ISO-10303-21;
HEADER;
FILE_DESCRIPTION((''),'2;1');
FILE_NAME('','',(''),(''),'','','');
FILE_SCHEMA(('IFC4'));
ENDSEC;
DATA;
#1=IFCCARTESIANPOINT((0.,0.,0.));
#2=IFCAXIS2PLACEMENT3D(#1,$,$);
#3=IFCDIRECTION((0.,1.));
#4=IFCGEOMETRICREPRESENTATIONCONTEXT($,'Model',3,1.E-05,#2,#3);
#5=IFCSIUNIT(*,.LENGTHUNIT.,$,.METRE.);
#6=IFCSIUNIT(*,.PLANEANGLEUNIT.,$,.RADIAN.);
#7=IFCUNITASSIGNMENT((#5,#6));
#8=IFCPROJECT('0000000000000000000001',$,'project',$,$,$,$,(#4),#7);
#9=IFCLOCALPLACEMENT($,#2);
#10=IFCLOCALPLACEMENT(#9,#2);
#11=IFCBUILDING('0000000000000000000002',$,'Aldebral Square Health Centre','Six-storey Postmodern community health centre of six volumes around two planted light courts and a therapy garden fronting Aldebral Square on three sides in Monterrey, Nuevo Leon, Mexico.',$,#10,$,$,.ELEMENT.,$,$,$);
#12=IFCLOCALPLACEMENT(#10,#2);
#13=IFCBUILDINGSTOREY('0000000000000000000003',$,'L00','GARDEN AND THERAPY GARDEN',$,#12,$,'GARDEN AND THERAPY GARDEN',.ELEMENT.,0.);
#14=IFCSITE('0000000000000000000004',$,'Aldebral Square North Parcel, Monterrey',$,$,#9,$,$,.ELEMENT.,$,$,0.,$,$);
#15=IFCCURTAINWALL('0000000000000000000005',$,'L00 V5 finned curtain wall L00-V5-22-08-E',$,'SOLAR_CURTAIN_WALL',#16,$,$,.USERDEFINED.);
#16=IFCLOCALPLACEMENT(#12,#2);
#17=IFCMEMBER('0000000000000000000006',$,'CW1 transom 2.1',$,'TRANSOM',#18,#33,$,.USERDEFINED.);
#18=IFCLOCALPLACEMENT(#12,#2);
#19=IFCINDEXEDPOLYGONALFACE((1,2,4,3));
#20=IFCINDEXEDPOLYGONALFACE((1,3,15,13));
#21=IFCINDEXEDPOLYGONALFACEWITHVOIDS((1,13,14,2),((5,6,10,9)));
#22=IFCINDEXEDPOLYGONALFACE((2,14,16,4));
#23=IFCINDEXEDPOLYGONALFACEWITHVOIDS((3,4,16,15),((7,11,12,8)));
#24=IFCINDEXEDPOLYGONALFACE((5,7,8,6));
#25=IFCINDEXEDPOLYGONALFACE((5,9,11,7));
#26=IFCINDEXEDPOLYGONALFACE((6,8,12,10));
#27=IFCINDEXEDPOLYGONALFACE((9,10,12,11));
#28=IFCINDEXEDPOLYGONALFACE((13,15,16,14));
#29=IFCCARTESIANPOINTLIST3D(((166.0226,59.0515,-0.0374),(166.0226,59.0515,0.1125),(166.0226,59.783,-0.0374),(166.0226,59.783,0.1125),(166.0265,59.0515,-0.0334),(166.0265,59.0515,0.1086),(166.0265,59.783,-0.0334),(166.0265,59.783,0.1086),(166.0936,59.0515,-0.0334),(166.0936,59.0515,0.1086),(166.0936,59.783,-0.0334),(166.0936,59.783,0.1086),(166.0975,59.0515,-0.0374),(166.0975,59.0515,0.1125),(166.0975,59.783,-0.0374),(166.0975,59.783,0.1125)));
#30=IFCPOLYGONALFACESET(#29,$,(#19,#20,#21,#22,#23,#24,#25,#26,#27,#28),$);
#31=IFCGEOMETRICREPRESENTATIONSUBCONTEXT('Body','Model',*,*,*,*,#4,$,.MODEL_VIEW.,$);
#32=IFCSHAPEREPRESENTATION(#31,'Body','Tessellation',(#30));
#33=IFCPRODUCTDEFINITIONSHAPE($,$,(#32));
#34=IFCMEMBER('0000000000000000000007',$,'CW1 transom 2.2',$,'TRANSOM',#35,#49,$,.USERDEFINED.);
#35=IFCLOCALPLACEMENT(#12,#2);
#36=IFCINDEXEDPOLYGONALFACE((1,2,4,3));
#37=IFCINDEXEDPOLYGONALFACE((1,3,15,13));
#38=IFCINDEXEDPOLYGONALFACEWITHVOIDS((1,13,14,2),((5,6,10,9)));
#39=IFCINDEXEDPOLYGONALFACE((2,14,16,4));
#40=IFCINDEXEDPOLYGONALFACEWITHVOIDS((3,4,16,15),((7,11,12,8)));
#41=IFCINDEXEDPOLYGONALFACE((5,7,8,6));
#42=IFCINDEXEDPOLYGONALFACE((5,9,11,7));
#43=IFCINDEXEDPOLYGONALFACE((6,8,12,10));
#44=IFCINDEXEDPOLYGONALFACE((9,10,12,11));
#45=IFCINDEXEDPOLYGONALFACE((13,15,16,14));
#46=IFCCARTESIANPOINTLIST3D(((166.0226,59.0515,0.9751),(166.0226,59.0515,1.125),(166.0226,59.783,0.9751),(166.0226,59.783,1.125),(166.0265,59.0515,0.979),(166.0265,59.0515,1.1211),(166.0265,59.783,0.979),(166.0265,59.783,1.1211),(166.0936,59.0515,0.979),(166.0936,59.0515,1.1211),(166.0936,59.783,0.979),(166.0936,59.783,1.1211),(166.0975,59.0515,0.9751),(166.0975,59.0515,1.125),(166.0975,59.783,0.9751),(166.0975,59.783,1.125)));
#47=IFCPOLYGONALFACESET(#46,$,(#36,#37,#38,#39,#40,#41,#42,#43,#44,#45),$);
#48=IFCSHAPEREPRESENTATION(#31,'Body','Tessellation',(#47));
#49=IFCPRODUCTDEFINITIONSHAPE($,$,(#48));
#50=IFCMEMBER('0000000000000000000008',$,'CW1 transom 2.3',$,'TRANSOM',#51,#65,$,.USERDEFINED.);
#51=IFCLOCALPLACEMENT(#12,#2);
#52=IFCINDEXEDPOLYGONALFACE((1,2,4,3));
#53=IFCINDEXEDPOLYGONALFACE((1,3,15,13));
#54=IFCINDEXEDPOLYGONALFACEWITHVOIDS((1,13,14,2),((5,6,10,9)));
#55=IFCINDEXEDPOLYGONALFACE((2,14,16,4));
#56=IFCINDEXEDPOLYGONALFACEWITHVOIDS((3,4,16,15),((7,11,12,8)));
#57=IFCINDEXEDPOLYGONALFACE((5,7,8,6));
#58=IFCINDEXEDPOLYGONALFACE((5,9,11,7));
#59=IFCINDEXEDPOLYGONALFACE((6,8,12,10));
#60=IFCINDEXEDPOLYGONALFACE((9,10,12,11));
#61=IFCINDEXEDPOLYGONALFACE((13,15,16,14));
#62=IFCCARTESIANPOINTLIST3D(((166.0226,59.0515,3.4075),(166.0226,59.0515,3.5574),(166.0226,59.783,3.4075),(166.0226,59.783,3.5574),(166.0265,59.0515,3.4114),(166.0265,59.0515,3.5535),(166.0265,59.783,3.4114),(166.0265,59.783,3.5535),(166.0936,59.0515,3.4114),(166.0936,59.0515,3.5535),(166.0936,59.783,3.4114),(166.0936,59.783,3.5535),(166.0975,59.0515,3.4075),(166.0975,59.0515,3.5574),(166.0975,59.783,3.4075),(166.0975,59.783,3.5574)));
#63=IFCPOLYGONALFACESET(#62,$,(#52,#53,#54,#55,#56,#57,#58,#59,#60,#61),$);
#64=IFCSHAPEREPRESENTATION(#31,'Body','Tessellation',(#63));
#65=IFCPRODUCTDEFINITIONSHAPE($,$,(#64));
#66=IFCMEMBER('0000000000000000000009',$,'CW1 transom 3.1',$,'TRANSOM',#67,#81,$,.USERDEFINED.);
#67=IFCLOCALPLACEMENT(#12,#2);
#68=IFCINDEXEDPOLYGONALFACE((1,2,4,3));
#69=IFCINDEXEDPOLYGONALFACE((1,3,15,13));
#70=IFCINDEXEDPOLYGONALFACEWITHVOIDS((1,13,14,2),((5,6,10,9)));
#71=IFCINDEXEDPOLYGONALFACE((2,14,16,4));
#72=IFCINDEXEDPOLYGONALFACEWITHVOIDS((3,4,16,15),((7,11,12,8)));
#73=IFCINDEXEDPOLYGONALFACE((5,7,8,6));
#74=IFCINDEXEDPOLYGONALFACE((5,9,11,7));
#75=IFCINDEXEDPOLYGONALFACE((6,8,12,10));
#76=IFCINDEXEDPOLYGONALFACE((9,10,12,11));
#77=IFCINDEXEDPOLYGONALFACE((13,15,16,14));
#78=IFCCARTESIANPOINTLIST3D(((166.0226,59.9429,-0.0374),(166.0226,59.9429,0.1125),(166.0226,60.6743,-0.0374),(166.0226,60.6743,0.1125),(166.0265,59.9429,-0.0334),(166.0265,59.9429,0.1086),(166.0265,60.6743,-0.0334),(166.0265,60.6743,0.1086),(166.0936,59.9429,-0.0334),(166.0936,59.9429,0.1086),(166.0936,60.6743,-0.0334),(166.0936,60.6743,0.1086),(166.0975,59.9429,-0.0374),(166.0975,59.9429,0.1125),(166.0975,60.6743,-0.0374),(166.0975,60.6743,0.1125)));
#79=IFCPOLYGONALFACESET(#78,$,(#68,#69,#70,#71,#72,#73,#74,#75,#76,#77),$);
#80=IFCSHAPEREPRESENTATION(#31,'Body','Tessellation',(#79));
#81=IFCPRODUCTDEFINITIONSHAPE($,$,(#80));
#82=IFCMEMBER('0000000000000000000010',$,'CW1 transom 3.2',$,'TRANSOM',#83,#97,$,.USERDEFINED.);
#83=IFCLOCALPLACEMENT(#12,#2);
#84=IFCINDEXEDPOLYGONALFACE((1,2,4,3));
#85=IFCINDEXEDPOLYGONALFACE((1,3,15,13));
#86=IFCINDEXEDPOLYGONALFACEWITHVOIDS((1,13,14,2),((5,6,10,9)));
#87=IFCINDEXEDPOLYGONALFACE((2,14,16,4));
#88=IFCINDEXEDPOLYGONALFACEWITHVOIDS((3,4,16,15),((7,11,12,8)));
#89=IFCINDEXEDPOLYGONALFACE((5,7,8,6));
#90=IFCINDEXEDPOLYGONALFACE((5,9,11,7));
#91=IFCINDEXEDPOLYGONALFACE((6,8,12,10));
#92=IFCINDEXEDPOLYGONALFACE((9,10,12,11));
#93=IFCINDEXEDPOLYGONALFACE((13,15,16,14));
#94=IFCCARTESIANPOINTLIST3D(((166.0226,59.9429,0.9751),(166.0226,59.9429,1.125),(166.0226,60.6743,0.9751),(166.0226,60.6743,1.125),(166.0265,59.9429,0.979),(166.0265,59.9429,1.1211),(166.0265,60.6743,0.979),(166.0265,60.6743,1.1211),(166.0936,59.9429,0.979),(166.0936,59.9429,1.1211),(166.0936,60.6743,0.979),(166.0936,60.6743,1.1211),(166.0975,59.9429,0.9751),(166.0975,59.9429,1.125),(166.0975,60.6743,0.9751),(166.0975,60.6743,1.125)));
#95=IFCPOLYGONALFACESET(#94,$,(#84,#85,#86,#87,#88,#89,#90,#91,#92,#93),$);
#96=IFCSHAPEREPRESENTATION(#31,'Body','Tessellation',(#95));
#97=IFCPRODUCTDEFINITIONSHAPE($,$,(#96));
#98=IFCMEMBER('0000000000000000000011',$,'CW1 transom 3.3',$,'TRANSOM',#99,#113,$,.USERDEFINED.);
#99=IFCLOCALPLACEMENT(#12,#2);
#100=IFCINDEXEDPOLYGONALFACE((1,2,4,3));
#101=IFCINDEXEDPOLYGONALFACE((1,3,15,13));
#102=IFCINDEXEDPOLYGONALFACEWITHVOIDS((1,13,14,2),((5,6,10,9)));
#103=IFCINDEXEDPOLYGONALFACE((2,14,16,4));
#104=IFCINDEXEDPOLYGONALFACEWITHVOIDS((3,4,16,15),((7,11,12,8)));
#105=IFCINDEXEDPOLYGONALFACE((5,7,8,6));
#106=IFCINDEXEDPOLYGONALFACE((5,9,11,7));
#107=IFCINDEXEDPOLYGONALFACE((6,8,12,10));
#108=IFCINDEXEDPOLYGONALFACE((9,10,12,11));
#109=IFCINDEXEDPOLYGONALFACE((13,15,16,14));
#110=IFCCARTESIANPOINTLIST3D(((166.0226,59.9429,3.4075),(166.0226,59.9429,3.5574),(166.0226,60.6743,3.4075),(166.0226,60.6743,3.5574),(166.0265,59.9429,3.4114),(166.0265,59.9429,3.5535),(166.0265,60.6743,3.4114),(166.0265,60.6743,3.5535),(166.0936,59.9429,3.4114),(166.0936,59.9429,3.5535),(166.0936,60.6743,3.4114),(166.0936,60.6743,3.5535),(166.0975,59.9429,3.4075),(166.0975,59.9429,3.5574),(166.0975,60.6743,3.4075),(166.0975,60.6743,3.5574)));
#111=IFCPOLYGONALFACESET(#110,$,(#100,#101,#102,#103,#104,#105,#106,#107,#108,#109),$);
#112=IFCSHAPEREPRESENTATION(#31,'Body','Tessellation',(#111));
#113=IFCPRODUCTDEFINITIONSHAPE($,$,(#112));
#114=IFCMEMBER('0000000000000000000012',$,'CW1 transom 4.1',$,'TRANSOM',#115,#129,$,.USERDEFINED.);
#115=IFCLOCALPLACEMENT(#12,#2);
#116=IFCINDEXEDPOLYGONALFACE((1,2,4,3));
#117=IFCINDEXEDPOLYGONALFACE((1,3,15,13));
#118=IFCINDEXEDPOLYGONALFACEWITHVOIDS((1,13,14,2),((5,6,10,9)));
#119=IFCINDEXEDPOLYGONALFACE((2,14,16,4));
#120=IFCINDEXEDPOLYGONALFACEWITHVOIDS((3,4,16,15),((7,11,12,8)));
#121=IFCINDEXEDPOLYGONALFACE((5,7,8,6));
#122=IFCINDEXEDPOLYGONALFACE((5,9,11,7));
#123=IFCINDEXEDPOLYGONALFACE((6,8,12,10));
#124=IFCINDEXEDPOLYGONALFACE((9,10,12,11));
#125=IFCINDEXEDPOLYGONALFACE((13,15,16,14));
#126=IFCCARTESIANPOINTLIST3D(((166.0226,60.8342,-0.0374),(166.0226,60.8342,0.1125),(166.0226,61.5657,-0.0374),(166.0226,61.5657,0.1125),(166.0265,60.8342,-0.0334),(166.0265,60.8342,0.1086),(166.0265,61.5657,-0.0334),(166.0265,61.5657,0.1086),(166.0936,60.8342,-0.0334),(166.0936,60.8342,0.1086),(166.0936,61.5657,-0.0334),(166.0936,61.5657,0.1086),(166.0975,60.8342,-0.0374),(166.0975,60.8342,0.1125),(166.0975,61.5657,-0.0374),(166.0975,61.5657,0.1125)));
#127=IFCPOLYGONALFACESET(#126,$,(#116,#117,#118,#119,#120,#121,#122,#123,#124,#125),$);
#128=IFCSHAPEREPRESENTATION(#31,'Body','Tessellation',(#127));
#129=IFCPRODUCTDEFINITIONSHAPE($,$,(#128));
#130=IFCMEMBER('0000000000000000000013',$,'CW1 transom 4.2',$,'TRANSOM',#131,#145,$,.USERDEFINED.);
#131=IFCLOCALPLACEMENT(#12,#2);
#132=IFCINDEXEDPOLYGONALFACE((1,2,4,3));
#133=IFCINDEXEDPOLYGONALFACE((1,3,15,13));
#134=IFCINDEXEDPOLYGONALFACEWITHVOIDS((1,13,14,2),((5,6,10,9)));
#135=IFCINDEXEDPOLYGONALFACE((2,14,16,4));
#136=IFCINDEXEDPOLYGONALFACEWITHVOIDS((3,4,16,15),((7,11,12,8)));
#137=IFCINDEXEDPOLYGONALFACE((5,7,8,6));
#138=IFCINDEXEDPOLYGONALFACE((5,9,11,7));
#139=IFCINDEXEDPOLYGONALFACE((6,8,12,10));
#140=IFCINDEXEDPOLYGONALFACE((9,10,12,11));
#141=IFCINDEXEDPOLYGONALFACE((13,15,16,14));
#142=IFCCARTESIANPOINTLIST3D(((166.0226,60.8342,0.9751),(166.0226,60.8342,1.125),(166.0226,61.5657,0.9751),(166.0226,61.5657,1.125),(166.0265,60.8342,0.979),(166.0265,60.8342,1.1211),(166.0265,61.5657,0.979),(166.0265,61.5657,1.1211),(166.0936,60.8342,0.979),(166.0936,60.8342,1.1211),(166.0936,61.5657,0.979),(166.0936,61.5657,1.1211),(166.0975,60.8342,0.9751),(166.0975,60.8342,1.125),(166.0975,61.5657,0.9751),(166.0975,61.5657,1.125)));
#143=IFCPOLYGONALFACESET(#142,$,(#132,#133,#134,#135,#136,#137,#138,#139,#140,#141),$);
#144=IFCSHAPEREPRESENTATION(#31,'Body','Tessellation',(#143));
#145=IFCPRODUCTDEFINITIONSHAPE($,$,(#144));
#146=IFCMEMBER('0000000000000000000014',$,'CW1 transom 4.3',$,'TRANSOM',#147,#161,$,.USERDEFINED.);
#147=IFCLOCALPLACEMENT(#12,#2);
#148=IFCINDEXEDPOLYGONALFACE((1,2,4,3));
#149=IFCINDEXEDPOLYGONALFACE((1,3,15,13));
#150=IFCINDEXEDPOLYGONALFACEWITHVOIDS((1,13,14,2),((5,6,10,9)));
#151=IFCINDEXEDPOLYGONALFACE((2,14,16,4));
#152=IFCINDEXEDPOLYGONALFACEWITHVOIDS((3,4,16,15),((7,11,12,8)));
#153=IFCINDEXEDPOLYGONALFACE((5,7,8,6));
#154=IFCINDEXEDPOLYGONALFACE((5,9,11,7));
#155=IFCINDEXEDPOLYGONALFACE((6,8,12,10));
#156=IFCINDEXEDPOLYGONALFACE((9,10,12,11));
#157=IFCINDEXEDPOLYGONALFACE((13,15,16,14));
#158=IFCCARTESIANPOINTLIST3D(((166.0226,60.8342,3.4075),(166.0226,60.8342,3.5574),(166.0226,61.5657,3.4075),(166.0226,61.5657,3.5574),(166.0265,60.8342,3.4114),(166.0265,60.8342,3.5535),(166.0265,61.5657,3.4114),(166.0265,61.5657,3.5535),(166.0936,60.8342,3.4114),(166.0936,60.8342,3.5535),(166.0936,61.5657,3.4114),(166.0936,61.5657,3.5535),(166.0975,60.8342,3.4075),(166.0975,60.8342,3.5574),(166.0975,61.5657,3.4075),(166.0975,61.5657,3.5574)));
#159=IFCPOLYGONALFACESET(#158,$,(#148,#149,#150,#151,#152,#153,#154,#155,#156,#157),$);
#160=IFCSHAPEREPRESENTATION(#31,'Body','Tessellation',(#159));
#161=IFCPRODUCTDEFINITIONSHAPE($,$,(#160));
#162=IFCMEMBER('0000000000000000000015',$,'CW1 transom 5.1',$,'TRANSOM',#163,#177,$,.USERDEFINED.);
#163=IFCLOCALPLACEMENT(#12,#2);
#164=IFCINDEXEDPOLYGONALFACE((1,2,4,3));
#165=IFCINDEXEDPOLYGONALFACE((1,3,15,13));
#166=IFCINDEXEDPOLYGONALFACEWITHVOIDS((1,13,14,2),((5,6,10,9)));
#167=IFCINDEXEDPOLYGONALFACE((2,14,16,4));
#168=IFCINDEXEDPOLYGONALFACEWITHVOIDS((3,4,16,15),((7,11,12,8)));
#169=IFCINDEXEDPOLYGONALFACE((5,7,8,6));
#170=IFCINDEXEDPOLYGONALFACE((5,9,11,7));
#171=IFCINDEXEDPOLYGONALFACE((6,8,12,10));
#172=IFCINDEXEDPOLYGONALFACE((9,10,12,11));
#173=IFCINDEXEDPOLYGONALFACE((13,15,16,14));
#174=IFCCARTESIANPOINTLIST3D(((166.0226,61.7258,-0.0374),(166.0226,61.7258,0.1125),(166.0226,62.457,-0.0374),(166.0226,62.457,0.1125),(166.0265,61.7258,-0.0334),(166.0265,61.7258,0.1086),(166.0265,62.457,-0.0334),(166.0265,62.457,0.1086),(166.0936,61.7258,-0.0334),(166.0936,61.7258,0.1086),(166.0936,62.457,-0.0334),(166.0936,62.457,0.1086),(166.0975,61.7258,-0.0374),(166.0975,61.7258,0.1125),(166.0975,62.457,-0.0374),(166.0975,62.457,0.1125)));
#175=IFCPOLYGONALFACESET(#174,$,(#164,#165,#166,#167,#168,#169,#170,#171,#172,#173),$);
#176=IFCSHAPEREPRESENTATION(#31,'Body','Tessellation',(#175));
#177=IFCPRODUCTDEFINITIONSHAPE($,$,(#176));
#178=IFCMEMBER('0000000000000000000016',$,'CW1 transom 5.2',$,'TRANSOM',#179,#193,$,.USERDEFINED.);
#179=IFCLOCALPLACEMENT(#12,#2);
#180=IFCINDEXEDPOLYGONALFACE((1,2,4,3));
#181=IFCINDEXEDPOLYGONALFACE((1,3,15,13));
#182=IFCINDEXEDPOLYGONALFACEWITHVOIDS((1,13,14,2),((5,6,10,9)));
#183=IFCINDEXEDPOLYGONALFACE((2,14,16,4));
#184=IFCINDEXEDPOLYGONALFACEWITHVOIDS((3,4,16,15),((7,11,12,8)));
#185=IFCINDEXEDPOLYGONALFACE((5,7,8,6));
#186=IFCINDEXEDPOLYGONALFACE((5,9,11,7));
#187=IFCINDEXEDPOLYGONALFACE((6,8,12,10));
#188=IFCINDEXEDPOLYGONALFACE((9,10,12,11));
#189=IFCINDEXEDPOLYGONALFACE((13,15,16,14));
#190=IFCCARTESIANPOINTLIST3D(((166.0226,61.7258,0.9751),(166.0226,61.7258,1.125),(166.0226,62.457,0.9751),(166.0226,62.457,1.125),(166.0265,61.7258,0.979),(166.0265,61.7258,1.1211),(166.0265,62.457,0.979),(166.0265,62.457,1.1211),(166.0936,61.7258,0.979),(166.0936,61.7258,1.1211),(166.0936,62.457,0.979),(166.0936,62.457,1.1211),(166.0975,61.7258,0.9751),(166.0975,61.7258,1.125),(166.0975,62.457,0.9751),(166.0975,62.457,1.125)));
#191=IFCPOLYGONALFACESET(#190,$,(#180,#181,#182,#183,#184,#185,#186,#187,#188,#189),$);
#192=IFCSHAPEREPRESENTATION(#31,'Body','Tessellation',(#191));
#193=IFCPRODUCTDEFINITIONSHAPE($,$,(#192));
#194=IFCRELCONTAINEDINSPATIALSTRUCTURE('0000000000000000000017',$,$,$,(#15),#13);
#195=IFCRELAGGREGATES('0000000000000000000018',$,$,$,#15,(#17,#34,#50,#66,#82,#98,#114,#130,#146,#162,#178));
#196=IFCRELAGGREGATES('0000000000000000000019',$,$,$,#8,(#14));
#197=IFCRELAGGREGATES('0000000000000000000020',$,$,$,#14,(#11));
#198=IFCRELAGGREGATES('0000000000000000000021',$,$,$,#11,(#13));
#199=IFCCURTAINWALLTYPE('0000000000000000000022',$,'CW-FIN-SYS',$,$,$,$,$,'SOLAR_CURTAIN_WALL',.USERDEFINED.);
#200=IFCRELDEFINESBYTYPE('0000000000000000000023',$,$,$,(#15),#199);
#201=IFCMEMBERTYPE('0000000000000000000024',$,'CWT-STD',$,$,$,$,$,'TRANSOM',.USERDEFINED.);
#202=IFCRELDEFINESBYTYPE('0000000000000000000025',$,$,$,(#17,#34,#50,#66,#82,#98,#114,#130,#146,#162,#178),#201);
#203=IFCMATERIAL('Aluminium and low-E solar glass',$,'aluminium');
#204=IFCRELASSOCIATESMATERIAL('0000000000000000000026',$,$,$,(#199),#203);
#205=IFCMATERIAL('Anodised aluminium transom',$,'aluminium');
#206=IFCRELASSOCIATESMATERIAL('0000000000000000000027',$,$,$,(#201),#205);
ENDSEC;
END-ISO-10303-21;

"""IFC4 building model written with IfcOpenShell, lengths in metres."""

from ifc_helpers import new_model, si_unit, direction, frame, origin, origin_2d, place, context, subcontext, project, spatial, hollow_rectangle, extrude, material, material_profile, profile_set, type_object, element, aggregate, save


model = new_model("IFC4")

# Units and contexts
model_context = context("Model", 3, precision=1e-05, world=origin(), true_north=direction((0.0, 1.0)))
body_context = subcontext(model_context, "Body", "Model", "MODEL_VIEW")
ifc_project = project(units=[si_unit("LENGTHUNIT", "METRE"), si_unit("PLANEANGLEUNIT", "RADIAN")], contexts=[model_context])

# Site, building, storey
site_placement = place(None, origin())
site = spatial("IfcSite", under=ifc_project, at=site_placement, Name="Aldebral Square North Parcel, Monterrey", CompositionType="ELEMENT", RefElevation=0.0)
building_placement = place(site_placement, origin())
building = spatial("IfcBuilding", under=site, at=building_placement, Name="Aldebral Square Health Centre", Description="Six-storey Postmodern community health centre of six volumes around two planted light courts and a therapy garden fronting Aldebral Square on three sides in Monterrey, Nuevo Leon, Mexico.", CompositionType="ELEMENT")
storey_placement = place(building_placement, origin())
storey = spatial("IfcBuildingStorey", under=building, at=storey_placement, Name="L00", Description="GARDEN AND THERAPY GARDEN", LongName="GARDEN AND THERAPY GARDEN", CompositionType="ELEMENT", Elevation=0.0)

# Curtain wall, members
ifc_material_1 = material(Name="Aluminium and low-E solar glass", Category="aluminium")
curtain_wall_type = type_object("IfcCurtainWallType", Name="CW-FIN-SYS", ElementType="SOLAR_CURTAIN_WALL", PredefinedType="USERDEFINED", material=ifc_material_1)
curtain_wall_placement = place(storey_placement, origin())
curtain_wall = element("IfcCurtainWall", 1, at=curtain_wall_placement, inside=storey, type_object=curtain_wall_type, Name="L00 V5 finned curtain wall L00-V5-22-08-E", ObjectType="SOLAR_CURTAIN_WALL", PredefinedType="USERDEFINED")
ifc_material_2 = material(Name="Anodised aluminium transom", Category="aluminium")
ifc_material_profile_1 = material_profile(ifc_material_2, hollow_rectangle(XDim=0.075, YDim=0.1499, WallThickness=0.0039, at=origin_2d()), Name="CWT 75x150x4")
ifc_profile_set_1 = profile_set([ifc_material_profile_1], Name="Anodised aluminium transom")
member_type_1 = type_object("IfcMemberType", Name="CWT-STD", ElementType="TRANSOM", PredefinedType="USERDEFINED", material=ifc_profile_set_1)
member_1_placement = place(storey_placement, frame((166.0601, 59.0515, 0.0376), z_axis=(0.0, 1.0, 0.0), x_axis=(-1.0, 0.0, 0.0)))
member_1 = element("IfcMember", 2, at=member_1_placement, type_object=member_type_1, Name="CW1 transom 2.1", ObjectType="TRANSOM", PredefinedType="USERDEFINED", context=body_context, shape_type="SweptSolid", body=[
    extrude(hollow_rectangle(XDim=0.075, YDim=0.1499, WallThickness=0.0039, at=origin_2d()), origin(), (0.0, 0.0, 1.0), 0.7314),
])
member_2_placement = place(storey_placement, frame((166.0601, 59.0515, 1.05), z_axis=(0.0, 1.0, 0.0), x_axis=(-1.0, 0.0, 0.0)))
member_2 = element("IfcMember", 3, at=member_2_placement, type_object=member_type_1, Name="CW1 transom 2.2", ObjectType="TRANSOM", PredefinedType="USERDEFINED", context=body_context, shape_type="SweptSolid", body=[
    extrude(hollow_rectangle(XDim=0.075, YDim=0.1499, WallThickness=0.0039, at=origin_2d()), origin(), (0.0, 0.0, 1.0), 0.7314),
])
member_3_placement = place(storey_placement, frame((166.0601, 59.0515, 3.4824), z_axis=(0.0, 1.0, 0.0), x_axis=(-1.0, 0.0, 0.0)))
member_3 = element("IfcMember", 4, at=member_3_placement, type_object=member_type_1, Name="CW1 transom 2.3", ObjectType="TRANSOM", PredefinedType="USERDEFINED", context=body_context, shape_type="SweptSolid", body=[
    extrude(hollow_rectangle(XDim=0.075, YDim=0.1499, WallThickness=0.0039, at=origin_2d()), origin(), (0.0, 0.0, 1.0), 0.7314),
])
member_4_placement = place(storey_placement, frame((166.0601, 59.9429, 0.0376), z_axis=(0.0, 1.0, 0.0), x_axis=(-1.0, 0.0, 0.0)))
member_4 = element("IfcMember", 5, at=member_4_placement, type_object=member_type_1, Name="CW1 transom 3.1", ObjectType="TRANSOM", PredefinedType="USERDEFINED", context=body_context, shape_type="SweptSolid", body=[
    extrude(hollow_rectangle(XDim=0.075, YDim=0.1499, WallThickness=0.0039, at=origin_2d()), origin(), (0.0, 0.0, 1.0), 0.7314),
])
member_5_placement = place(storey_placement, frame((166.0601, 59.9429, 1.05), z_axis=(0.0, 1.0, 0.0), x_axis=(-1.0, 0.0, 0.0)))
member_5 = element("IfcMember", 6, at=member_5_placement, type_object=member_type_1, Name="CW1 transom 3.2", ObjectType="TRANSOM", PredefinedType="USERDEFINED", context=body_context, shape_type="SweptSolid", body=[
    extrude(hollow_rectangle(XDim=0.075, YDim=0.1499, WallThickness=0.0039, at=origin_2d()), origin(), (0.0, 0.0, 1.0), 0.7314),
])
member_6_placement = place(storey_placement, frame((166.0601, 59.9429, 3.4824), z_axis=(0.0, 1.0, 0.0), x_axis=(-1.0, 0.0, 0.0)))
member_6 = element("IfcMember", 7, at=member_6_placement, type_object=member_type_1, Name="CW1 transom 3.3", ObjectType="TRANSOM", PredefinedType="USERDEFINED", context=body_context, shape_type="SweptSolid", body=[
    extrude(hollow_rectangle(XDim=0.075, YDim=0.1499, WallThickness=0.0039, at=origin_2d()), origin(), (0.0, 0.0, 1.0), 0.7314),
])
member_7_placement = place(storey_placement, frame((166.0601, 60.8342, 0.0376), z_axis=(0.0, 1.0, 0.0), x_axis=(-1.0, 0.0, 0.0)))
member_7 = element("IfcMember", 8, at=member_7_placement, type_object=member_type_1, Name="CW1 transom 4.1", ObjectType="TRANSOM", PredefinedType="USERDEFINED", context=body_context, shape_type="SweptSolid", body=[
    extrude(hollow_rectangle(XDim=0.075, YDim=0.1499, WallThickness=0.0039, at=origin_2d()), origin(), (0.0, 0.0, 1.0), 0.7314),
])
member_8_placement = place(storey_placement, frame((166.0601, 60.8342, 1.05), z_axis=(0.0, 1.0, 0.0), x_axis=(-1.0, 0.0, 0.0)))
member_8 = element("IfcMember", 9, at=member_8_placement, type_object=member_type_1, Name="CW1 transom 4.2", ObjectType="TRANSOM", PredefinedType="USERDEFINED", context=body_context, shape_type="SweptSolid", body=[
    extrude(hollow_rectangle(XDim=0.075, YDim=0.1499, WallThickness=0.0039, at=origin_2d()), origin(), (0.0, 0.0, 1.0), 0.7314),
])
member_9_placement = place(storey_placement, frame((166.0601, 60.8342, 3.4824), z_axis=(0.0, 1.0, 0.0), x_axis=(-1.0, 0.0, 0.0)))
member_9 = element("IfcMember", 10, at=member_9_placement, type_object=member_type_1, Name="CW1 transom 4.3", ObjectType="TRANSOM", PredefinedType="USERDEFINED", context=body_context, shape_type="SweptSolid", body=[
    extrude(hollow_rectangle(XDim=0.075, YDim=0.1499, WallThickness=0.0039, at=origin_2d()), origin(), (0.0, 0.0, 1.0), 0.7314),
])
member_10_placement = place(storey_placement, frame((166.0601, 61.7258, 0.0376), z_axis=(0.0, 1.0, 0.0), x_axis=(-1.0, 0.0, 0.0)))
member_10 = element("IfcMember", 11, at=member_10_placement, type_object=member_type_1, Name="CW1 transom 5.1", ObjectType="TRANSOM", PredefinedType="USERDEFINED", context=body_context, shape_type="SweptSolid", body=[
    extrude(hollow_rectangle(XDim=0.075, YDim=0.1499, WallThickness=0.0039, at=origin_2d()), origin(), (0.0, 0.0, 1.0), 0.7312),
])
member_11_placement = place(storey_placement, frame((166.0601, 61.7258, 1.05), z_axis=(0.0, 1.0, 0.0), x_axis=(-1.0, 0.0, 0.0)))
member_11 = element("IfcMember", 12, at=member_11_placement, type_object=member_type_1, Name="CW1 transom 5.2", ObjectType="TRANSOM", PredefinedType="USERDEFINED", context=body_context, shape_type="SweptSolid", body=[
    extrude(hollow_rectangle(XDim=0.075, YDim=0.1499, WallThickness=0.0039, at=origin_2d()), origin(), (0.0, 0.0, 1.0), 0.7312),
])
aggregate(curtain_wall, [member_1, member_2, member_3, member_4, member_5, member_6, member_7, member_8, member_9, member_10, member_11])

save(model, "model.ifc")
